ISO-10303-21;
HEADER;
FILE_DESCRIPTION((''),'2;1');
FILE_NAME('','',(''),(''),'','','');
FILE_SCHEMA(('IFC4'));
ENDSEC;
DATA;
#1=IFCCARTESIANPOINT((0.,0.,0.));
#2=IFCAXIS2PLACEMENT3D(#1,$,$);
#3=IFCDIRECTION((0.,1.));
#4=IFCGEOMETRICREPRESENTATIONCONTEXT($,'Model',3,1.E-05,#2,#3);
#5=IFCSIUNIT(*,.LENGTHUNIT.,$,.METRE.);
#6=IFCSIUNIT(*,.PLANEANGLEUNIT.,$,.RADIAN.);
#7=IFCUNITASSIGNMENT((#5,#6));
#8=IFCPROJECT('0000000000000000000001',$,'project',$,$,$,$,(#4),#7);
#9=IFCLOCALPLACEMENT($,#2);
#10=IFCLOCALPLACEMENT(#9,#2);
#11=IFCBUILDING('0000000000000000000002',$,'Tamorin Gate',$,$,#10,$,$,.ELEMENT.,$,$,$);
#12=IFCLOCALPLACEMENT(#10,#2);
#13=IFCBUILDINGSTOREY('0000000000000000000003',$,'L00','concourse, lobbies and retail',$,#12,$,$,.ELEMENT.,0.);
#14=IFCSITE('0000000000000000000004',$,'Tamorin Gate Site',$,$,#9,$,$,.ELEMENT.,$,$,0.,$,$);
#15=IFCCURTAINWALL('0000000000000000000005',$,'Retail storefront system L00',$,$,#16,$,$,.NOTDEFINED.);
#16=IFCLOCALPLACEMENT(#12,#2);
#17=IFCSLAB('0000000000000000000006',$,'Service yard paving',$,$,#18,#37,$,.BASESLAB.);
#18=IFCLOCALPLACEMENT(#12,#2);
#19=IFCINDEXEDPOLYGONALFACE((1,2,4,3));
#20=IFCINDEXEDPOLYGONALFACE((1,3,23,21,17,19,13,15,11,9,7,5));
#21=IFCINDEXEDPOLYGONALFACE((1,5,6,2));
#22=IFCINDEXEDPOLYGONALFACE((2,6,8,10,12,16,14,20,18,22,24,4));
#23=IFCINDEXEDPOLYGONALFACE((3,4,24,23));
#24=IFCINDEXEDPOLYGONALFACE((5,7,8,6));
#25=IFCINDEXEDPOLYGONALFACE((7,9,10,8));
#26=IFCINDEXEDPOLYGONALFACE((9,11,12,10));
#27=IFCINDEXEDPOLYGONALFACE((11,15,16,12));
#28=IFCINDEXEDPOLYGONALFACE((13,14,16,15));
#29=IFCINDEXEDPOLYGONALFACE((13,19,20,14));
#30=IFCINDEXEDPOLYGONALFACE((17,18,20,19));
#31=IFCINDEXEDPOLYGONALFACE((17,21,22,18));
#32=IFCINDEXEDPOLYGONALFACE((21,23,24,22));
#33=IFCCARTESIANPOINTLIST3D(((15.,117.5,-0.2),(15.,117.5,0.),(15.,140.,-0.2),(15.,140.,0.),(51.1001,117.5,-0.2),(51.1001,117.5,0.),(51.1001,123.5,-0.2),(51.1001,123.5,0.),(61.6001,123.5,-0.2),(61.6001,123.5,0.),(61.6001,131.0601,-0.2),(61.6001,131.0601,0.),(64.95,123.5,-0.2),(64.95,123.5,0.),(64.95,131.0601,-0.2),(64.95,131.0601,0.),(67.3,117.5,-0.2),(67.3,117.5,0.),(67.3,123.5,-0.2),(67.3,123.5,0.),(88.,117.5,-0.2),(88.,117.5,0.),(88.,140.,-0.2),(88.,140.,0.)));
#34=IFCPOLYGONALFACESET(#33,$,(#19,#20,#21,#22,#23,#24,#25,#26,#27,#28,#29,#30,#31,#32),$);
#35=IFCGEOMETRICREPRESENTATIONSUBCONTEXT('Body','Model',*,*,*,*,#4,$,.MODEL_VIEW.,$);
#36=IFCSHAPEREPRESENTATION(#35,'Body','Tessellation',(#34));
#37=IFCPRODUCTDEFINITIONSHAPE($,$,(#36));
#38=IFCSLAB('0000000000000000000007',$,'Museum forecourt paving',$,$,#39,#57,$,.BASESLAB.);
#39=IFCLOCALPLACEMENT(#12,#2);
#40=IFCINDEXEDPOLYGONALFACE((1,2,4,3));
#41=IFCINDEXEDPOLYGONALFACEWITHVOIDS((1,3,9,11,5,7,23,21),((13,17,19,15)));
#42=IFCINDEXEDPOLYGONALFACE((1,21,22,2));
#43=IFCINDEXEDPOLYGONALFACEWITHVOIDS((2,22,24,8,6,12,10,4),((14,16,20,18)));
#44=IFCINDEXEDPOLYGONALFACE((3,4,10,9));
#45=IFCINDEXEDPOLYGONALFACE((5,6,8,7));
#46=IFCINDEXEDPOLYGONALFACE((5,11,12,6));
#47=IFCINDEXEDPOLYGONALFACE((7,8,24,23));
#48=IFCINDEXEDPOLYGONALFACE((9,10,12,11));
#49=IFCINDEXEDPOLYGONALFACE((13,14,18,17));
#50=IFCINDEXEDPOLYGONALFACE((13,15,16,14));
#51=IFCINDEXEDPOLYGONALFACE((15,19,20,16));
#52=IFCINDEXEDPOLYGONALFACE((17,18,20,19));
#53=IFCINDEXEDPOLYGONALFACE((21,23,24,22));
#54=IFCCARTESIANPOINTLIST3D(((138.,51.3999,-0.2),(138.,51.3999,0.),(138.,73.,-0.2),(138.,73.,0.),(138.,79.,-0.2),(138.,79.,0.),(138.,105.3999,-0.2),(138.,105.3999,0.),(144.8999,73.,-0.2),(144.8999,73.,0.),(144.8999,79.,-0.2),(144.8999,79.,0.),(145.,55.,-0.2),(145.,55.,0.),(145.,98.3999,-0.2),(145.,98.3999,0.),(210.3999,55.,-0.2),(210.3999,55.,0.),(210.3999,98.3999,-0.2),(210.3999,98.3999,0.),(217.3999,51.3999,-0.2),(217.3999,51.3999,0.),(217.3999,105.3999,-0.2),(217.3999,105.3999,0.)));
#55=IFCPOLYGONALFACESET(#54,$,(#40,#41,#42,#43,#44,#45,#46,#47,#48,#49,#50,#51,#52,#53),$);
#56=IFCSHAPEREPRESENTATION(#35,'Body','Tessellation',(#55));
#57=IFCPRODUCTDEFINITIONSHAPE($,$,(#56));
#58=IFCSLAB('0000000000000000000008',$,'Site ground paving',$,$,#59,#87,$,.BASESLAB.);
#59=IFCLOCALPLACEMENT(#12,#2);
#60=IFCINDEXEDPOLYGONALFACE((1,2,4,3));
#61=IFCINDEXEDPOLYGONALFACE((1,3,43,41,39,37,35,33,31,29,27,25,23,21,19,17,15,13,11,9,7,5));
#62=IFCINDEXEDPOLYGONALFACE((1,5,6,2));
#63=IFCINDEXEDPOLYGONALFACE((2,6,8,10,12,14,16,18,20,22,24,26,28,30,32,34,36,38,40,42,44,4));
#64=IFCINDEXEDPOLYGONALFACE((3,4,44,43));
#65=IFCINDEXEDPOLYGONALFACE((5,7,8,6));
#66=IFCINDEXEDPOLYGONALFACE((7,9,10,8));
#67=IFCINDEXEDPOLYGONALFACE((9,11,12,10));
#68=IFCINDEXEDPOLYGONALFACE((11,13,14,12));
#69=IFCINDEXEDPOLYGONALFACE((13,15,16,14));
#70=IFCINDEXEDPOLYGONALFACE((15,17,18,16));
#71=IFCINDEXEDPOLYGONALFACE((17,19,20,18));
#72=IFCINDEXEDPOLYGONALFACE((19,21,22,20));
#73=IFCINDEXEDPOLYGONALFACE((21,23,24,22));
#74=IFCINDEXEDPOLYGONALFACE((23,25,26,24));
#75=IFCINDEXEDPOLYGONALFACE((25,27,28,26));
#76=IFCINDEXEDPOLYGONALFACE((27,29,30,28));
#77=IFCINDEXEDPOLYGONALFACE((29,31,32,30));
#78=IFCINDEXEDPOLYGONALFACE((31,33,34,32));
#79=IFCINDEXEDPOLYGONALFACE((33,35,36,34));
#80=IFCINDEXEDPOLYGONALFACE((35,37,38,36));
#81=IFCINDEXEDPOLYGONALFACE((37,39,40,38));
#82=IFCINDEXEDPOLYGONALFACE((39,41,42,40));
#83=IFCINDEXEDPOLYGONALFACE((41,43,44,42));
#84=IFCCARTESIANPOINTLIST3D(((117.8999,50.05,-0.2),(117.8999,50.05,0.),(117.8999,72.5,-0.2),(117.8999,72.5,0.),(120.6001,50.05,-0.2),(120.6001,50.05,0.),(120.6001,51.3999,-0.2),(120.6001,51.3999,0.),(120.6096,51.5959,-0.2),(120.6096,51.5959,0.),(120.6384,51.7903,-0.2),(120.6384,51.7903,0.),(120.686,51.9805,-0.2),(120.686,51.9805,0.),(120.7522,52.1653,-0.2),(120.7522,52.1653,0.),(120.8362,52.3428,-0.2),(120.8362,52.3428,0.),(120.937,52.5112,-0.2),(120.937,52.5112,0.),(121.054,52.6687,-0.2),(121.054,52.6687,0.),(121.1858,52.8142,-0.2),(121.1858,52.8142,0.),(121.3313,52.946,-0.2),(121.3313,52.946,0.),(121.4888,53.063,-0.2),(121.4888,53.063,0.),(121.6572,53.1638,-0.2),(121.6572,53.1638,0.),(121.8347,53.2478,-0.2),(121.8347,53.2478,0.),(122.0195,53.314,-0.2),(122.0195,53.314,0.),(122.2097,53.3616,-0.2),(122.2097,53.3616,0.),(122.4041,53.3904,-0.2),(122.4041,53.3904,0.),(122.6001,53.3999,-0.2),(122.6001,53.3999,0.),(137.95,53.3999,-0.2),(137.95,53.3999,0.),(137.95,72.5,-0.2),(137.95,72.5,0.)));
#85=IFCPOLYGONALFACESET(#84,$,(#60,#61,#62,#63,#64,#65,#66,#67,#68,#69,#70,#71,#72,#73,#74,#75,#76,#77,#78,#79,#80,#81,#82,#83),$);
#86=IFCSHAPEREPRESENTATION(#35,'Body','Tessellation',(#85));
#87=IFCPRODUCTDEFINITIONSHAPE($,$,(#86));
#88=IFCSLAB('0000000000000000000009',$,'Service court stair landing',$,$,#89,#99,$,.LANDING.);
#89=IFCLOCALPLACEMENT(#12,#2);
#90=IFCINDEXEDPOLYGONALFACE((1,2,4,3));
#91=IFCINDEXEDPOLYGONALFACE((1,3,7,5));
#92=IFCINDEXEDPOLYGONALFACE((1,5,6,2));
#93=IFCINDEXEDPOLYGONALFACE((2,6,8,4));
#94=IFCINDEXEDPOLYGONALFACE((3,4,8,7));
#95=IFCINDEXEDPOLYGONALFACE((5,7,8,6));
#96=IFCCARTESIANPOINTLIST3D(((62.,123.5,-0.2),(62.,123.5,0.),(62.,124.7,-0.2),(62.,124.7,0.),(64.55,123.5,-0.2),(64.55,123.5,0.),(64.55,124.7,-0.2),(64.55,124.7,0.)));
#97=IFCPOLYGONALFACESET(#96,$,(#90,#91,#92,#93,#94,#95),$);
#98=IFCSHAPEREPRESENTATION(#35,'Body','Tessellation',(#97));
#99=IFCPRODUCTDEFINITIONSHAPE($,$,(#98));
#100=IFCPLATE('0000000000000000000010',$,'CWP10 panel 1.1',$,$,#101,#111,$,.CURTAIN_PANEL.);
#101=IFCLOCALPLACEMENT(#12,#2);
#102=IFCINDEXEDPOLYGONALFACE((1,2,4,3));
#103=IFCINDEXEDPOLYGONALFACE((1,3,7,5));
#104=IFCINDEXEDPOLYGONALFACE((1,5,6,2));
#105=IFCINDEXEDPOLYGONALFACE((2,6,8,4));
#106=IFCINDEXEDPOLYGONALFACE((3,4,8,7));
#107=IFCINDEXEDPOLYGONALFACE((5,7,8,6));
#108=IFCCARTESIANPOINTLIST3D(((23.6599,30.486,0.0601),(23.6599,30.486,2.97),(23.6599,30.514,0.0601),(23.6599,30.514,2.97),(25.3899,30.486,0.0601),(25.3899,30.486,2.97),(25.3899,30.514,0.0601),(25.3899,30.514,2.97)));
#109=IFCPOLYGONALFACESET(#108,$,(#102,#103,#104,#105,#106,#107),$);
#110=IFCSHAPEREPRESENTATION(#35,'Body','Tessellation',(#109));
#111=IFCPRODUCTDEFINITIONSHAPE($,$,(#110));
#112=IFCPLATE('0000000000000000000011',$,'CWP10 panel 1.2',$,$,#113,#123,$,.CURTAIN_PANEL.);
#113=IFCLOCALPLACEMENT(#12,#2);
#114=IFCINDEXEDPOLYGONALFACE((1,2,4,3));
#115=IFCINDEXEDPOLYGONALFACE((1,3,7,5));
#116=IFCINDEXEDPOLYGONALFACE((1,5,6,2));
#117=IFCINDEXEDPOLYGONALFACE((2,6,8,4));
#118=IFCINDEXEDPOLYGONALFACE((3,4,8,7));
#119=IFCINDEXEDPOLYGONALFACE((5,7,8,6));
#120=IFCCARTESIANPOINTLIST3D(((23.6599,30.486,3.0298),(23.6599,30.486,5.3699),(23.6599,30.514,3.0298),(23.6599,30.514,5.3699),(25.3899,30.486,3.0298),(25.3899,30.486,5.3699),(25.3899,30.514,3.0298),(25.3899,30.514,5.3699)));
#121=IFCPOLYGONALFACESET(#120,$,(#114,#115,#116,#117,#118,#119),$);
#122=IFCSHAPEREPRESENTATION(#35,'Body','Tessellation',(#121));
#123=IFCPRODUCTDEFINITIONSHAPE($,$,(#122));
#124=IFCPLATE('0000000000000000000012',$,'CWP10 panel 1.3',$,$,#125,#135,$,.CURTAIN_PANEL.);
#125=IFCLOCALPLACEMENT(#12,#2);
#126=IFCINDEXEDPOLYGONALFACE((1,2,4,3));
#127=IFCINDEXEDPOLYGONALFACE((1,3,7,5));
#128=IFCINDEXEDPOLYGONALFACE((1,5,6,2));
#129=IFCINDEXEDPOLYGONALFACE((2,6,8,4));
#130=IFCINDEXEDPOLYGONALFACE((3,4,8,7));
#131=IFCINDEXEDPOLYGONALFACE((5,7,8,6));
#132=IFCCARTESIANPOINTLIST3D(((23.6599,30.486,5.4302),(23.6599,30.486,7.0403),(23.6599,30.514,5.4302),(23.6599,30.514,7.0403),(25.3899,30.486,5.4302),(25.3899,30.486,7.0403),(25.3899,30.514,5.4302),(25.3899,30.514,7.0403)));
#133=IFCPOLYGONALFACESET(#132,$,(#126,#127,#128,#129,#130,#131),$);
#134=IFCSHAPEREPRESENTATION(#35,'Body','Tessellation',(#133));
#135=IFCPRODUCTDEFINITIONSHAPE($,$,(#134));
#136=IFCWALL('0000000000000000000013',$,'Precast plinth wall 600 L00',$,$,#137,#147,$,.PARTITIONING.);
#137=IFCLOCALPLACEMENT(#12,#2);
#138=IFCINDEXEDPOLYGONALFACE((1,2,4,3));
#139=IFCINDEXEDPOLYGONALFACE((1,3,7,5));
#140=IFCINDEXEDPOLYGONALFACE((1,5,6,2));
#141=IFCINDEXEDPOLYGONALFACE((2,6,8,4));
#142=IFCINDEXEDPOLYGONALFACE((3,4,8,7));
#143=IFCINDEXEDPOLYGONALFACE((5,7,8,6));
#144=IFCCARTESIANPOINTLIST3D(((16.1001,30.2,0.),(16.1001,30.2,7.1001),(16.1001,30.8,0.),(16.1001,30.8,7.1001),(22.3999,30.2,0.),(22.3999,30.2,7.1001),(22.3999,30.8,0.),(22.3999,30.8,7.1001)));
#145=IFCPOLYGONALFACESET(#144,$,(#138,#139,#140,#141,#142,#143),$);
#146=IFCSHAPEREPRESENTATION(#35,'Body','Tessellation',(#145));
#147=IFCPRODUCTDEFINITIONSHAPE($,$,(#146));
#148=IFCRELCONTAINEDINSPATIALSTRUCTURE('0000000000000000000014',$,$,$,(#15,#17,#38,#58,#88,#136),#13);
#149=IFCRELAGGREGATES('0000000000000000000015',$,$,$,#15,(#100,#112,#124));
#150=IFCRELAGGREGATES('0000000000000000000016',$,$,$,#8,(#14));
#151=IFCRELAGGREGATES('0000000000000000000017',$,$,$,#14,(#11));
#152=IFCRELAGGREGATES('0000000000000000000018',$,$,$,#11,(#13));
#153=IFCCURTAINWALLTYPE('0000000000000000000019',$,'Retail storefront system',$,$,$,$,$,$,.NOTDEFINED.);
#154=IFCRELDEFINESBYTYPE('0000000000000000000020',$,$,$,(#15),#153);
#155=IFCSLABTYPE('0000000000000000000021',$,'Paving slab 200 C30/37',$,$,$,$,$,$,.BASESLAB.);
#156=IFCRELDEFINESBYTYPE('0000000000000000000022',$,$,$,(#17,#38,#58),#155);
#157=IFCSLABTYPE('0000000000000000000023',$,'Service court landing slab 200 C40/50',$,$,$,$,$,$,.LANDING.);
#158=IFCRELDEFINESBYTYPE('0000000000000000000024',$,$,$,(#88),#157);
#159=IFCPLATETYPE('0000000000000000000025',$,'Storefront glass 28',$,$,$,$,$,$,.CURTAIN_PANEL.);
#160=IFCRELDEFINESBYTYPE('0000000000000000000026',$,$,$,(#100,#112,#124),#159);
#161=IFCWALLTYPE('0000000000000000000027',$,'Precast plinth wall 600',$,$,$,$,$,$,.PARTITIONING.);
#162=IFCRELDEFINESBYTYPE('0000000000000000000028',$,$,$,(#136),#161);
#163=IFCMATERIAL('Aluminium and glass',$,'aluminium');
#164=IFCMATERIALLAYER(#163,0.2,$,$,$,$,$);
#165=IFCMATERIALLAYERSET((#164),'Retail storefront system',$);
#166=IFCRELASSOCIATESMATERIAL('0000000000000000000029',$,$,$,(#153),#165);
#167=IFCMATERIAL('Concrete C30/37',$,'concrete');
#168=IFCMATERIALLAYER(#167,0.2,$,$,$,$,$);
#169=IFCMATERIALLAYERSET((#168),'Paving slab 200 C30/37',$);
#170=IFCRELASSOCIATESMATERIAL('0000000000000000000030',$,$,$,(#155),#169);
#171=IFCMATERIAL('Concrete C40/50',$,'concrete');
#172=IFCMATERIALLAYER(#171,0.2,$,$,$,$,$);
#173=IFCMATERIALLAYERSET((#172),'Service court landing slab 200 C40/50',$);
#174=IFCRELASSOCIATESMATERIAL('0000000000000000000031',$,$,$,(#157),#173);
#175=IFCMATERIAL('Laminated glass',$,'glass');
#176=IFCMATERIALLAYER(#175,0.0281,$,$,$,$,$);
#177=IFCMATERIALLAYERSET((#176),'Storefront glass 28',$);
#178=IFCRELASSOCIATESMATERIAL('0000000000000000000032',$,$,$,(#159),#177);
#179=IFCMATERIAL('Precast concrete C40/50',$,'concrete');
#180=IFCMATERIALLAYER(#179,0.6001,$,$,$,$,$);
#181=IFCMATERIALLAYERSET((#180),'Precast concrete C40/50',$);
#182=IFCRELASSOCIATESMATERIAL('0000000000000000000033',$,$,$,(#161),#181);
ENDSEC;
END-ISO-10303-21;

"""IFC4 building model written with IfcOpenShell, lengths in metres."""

from ifc_helpers import new_model, si_unit, direction, frame, frame_2d, origin, origin_2d, place, context, subcontext, project, spatial, polyline, rectangle, outline, extrude, material, layer, layer_set, type_object, element, aggregate, save


model = new_model("IFC4")

# Units and contexts
model_context = context("Model", 3, precision=1e-05, world=origin(), true_north=direction((0.0, 1.0)))
body_context = subcontext(model_context, "Body", "Model", "MODEL_VIEW")
ifc_project = project(units=[si_unit("LENGTHUNIT", "METRE"), si_unit("PLANEANGLEUNIT", "RADIAN")], contexts=[model_context])

# Site, building, storey
site_placement = place(None, origin())
site = spatial("IfcSite", under=ifc_project, at=site_placement, Name="Tamorin Gate Site", CompositionType="ELEMENT", RefElevation=0.0)
building_placement = place(site_placement, origin())
building = spatial("IfcBuilding", under=site, at=building_placement, Name="Tamorin Gate", CompositionType="ELEMENT")
storey_placement = place(building_placement, origin())
storey = spatial("IfcBuildingStorey", under=building, at=storey_placement, Name="L00", Description="concourse, lobbies and retail", CompositionType="ELEMENT", Elevation=0.0)

# Curtain wall
ifc_material_1 = material(Name="Aluminium and glass", Category="aluminium")
ifc_layer_1 = layer(ifc_material_1, 0.2)
ifc_layer_set_1 = layer_set([ifc_layer_1], Name="Retail storefront system")
curtain_wall_type = type_object("IfcCurtainWallType", Name="Retail storefront system", PredefinedType="NOTDEFINED", material=ifc_layer_set_1)
curtain_wall_placement = place(storey_placement, origin())
curtain_wall = element("IfcCurtainWall", 1, at=curtain_wall_placement, inside=storey, type_object=curtain_wall_type, Name="Retail storefront system L00", PredefinedType="NOTDEFINED")

# Shared definitions
ifc_material_2 = material(Name="Concrete C40/50", Category="concrete")

# Slabs
ifc_material_3 = material(Name="Concrete C30/37", Category="concrete")
ifc_layer_2 = layer(ifc_material_3, 0.2)
ifc_layer_set_2 = layer_set([ifc_layer_2], Name="Paving slab 200 C30/37")
slab_type_1 = type_object("IfcSlabType", Name="Paving slab 200 C30/37", PredefinedType="BASESLAB", material=ifc_layer_set_2)
slab_1_placement = place(storey_placement, frame((0.0, 0.0, -0.2)))
element("IfcSlab", 2, at=slab_1_placement, inside=storey, type_object=slab_type_1, Name="Service yard paving", PredefinedType="BASESLAB", context=body_context, shape_type="SweptSolid", body=[
    extrude(outline(polyline([(88.0, 140.0), (88.0, 117.5), (67.3, 117.5), (67.3, 123.5), (64.95, 123.5), (64.95, 131.0601), (61.6001, 131.0601), (61.6001, 123.5), (51.1001, 123.5), (51.1001, 117.5), (15.0, 117.5), (15.0, 140.0), (88.0, 140.0)])), origin(), (0.0, 0.0, 1.0), 0.2),
])
slab_2_placement = place(storey_placement, frame((0.0, 0.0, -0.2)))
element("IfcSlab", 3, at=slab_2_placement, inside=storey, type_object=slab_type_1, Name="Museum forecourt paving", PredefinedType="BASESLAB", context=body_context, shape_type="SweptSolid", body=[
    extrude(outline(polyline([(138.0, 51.3999), (138.0, 73.0), (144.8999, 73.0), (144.8999, 79.0), (138.0, 79.0), (138.0, 105.3999), (217.3999, 105.3999), (217.3999, 51.3999), (138.0, 51.3999)]), holes=[polyline([(210.3999, 55.0), (210.3999, 98.3999), (145.0, 98.3999), (145.0, 55.0), (210.3999, 55.0)])]), origin(), (0.0, 0.0, 1.0), 0.2),
])
slab_3_placement = place(storey_placement, frame((0.0, 0.0, -0.2)))
element("IfcSlab", 4, at=slab_3_placement, inside=storey, type_object=slab_type_1, Name="Site ground paving", PredefinedType="BASESLAB", context=body_context, shape_type="SweptSolid", body=[
    extrude(outline(polyline([(137.95, 72.5), (137.95, 53.3999), (122.6001, 53.3999), (122.4041, 53.3904), (122.2097, 53.3616), (122.0195, 53.314), (121.8347, 53.2478), (121.6572, 53.1638), (121.4888, 53.063), (121.3313, 52.946), (121.1858, 52.8142), (121.054, 52.6687), (120.937, 52.5112), (120.8362, 52.3428), (120.7522, 52.1653), (120.686, 51.9805), (120.6384, 51.7903), (120.6096, 51.5959), (120.6001, 51.3999), (120.6001, 50.05), (117.8999, 50.05), (117.8999, 72.5), (137.95, 72.5)])), origin(), (0.0, 0.0, 1.0), 0.2),
])
ifc_layer_3 = layer(ifc_material_2, 0.2)
ifc_layer_set_3 = layer_set([ifc_layer_3], Name="Service court landing slab 200 C40/50")
slab_type_2 = type_object("IfcSlabType", Name="Service court landing slab 200 C40/50", PredefinedType="LANDING", material=ifc_layer_set_3)
slab_4_placement = place(storey_placement, frame((0.0, 0.0, -0.2)))
element("IfcSlab", 5, at=slab_4_placement, inside=storey, type_object=slab_type_2, Name="Service court stair landing", PredefinedType="LANDING", context=body_context, shape_type="SweptSolid", body=[
    extrude(outline(polyline([(64.55, 123.5), (62.0, 123.5), (62.0, 124.7), (64.55, 124.7), (64.55, 123.5)])), origin(), (0.0, 0.0, 1.0), 0.2),
])

# Plates
ifc_material_4 = material(Name="Laminated glass", Category="glass")
ifc_layer_4 = layer(ifc_material_4, 0.0281)
ifc_layer_set_4 = layer_set([ifc_layer_4], Name="Storefront glass 28")
plate_type = type_object("IfcPlateType", Name="Storefront glass 28", PredefinedType="CURTAIN_PANEL", material=ifc_layer_set_4)
plate_1_placement = place(storey_placement, frame((24.5249, 30.5, 0.0601), z_axis=(0.0, 0.0, 1.0), x_axis=(1.0, 0.0, 0.0)))
plate_1 = element("IfcPlate", 6, at=plate_1_placement, type_object=plate_type, Name="CWP10 panel 1.1", PredefinedType="CURTAIN_PANEL", context=body_context, shape_type="SweptSolid", body=[
    extrude(rectangle(XDim=1.73, YDim=0.0281, at=origin_2d()), origin(), (0.0, 0.0, 1.0), 2.9099),
])
plate_2_placement = place(storey_placement, frame((24.5249, 30.5, 3.0298), z_axis=(0.0, 0.0, 1.0), x_axis=(1.0, 0.0, 0.0)))
plate_2 = element("IfcPlate", 7, at=plate_2_placement, type_object=plate_type, Name="CWP10 panel 1.2", PredefinedType="CURTAIN_PANEL", context=body_context, shape_type="SweptSolid", body=[
    extrude(rectangle(XDim=1.73, YDim=0.0281, at=origin_2d()), origin(), (0.0, 0.0, 1.0), 2.3401),
])
plate_3_placement = place(storey_placement, frame((24.5249, 30.5, 5.4302), z_axis=(0.0, 0.0, 1.0), x_axis=(1.0, 0.0, 0.0)))
plate_3 = element("IfcPlate", 8, at=plate_3_placement, type_object=plate_type, Name="CWP10 panel 1.3", PredefinedType="CURTAIN_PANEL", context=body_context, shape_type="SweptSolid", body=[
    extrude(rectangle(XDim=1.73, YDim=0.0281, at=origin_2d()), origin(), (0.0, 0.0, 1.0), 1.6101),
])
aggregate(curtain_wall, [plate_1, plate_2, plate_3])

# Wall
ifc_material_5 = material(Name="Precast concrete C40/50", Category="concrete")
ifc_layer_5 = layer(ifc_material_5, 0.6001)
ifc_layer_set_5 = layer_set([ifc_layer_5], Name="Precast concrete C40/50")
wall_type = type_object("IfcWallType", Name="Precast plinth wall 600", PredefinedType="PARTITIONING", material=ifc_layer_set_5)
wall_placement = place(storey_placement, frame((16.1001, 30.5, 0.0), z_axis=(0.0, 0.0, 1.0), x_axis=(1.0, 0.0, 0.0)))
element("IfcWall", 9, at=wall_placement, inside=storey, type_object=wall_type, Name="Precast plinth wall 600 L00", PredefinedType="PARTITIONING", context=body_context, shape_type="SweptSolid", body=[
    extrude(rectangle(XDim=6.2998, YDim=0.6001, at=frame_2d((3.1499, 0.0))), origin(), (0.0, 0.0, 1.0), 7.1001),
])

save(model, "model.ifc")
